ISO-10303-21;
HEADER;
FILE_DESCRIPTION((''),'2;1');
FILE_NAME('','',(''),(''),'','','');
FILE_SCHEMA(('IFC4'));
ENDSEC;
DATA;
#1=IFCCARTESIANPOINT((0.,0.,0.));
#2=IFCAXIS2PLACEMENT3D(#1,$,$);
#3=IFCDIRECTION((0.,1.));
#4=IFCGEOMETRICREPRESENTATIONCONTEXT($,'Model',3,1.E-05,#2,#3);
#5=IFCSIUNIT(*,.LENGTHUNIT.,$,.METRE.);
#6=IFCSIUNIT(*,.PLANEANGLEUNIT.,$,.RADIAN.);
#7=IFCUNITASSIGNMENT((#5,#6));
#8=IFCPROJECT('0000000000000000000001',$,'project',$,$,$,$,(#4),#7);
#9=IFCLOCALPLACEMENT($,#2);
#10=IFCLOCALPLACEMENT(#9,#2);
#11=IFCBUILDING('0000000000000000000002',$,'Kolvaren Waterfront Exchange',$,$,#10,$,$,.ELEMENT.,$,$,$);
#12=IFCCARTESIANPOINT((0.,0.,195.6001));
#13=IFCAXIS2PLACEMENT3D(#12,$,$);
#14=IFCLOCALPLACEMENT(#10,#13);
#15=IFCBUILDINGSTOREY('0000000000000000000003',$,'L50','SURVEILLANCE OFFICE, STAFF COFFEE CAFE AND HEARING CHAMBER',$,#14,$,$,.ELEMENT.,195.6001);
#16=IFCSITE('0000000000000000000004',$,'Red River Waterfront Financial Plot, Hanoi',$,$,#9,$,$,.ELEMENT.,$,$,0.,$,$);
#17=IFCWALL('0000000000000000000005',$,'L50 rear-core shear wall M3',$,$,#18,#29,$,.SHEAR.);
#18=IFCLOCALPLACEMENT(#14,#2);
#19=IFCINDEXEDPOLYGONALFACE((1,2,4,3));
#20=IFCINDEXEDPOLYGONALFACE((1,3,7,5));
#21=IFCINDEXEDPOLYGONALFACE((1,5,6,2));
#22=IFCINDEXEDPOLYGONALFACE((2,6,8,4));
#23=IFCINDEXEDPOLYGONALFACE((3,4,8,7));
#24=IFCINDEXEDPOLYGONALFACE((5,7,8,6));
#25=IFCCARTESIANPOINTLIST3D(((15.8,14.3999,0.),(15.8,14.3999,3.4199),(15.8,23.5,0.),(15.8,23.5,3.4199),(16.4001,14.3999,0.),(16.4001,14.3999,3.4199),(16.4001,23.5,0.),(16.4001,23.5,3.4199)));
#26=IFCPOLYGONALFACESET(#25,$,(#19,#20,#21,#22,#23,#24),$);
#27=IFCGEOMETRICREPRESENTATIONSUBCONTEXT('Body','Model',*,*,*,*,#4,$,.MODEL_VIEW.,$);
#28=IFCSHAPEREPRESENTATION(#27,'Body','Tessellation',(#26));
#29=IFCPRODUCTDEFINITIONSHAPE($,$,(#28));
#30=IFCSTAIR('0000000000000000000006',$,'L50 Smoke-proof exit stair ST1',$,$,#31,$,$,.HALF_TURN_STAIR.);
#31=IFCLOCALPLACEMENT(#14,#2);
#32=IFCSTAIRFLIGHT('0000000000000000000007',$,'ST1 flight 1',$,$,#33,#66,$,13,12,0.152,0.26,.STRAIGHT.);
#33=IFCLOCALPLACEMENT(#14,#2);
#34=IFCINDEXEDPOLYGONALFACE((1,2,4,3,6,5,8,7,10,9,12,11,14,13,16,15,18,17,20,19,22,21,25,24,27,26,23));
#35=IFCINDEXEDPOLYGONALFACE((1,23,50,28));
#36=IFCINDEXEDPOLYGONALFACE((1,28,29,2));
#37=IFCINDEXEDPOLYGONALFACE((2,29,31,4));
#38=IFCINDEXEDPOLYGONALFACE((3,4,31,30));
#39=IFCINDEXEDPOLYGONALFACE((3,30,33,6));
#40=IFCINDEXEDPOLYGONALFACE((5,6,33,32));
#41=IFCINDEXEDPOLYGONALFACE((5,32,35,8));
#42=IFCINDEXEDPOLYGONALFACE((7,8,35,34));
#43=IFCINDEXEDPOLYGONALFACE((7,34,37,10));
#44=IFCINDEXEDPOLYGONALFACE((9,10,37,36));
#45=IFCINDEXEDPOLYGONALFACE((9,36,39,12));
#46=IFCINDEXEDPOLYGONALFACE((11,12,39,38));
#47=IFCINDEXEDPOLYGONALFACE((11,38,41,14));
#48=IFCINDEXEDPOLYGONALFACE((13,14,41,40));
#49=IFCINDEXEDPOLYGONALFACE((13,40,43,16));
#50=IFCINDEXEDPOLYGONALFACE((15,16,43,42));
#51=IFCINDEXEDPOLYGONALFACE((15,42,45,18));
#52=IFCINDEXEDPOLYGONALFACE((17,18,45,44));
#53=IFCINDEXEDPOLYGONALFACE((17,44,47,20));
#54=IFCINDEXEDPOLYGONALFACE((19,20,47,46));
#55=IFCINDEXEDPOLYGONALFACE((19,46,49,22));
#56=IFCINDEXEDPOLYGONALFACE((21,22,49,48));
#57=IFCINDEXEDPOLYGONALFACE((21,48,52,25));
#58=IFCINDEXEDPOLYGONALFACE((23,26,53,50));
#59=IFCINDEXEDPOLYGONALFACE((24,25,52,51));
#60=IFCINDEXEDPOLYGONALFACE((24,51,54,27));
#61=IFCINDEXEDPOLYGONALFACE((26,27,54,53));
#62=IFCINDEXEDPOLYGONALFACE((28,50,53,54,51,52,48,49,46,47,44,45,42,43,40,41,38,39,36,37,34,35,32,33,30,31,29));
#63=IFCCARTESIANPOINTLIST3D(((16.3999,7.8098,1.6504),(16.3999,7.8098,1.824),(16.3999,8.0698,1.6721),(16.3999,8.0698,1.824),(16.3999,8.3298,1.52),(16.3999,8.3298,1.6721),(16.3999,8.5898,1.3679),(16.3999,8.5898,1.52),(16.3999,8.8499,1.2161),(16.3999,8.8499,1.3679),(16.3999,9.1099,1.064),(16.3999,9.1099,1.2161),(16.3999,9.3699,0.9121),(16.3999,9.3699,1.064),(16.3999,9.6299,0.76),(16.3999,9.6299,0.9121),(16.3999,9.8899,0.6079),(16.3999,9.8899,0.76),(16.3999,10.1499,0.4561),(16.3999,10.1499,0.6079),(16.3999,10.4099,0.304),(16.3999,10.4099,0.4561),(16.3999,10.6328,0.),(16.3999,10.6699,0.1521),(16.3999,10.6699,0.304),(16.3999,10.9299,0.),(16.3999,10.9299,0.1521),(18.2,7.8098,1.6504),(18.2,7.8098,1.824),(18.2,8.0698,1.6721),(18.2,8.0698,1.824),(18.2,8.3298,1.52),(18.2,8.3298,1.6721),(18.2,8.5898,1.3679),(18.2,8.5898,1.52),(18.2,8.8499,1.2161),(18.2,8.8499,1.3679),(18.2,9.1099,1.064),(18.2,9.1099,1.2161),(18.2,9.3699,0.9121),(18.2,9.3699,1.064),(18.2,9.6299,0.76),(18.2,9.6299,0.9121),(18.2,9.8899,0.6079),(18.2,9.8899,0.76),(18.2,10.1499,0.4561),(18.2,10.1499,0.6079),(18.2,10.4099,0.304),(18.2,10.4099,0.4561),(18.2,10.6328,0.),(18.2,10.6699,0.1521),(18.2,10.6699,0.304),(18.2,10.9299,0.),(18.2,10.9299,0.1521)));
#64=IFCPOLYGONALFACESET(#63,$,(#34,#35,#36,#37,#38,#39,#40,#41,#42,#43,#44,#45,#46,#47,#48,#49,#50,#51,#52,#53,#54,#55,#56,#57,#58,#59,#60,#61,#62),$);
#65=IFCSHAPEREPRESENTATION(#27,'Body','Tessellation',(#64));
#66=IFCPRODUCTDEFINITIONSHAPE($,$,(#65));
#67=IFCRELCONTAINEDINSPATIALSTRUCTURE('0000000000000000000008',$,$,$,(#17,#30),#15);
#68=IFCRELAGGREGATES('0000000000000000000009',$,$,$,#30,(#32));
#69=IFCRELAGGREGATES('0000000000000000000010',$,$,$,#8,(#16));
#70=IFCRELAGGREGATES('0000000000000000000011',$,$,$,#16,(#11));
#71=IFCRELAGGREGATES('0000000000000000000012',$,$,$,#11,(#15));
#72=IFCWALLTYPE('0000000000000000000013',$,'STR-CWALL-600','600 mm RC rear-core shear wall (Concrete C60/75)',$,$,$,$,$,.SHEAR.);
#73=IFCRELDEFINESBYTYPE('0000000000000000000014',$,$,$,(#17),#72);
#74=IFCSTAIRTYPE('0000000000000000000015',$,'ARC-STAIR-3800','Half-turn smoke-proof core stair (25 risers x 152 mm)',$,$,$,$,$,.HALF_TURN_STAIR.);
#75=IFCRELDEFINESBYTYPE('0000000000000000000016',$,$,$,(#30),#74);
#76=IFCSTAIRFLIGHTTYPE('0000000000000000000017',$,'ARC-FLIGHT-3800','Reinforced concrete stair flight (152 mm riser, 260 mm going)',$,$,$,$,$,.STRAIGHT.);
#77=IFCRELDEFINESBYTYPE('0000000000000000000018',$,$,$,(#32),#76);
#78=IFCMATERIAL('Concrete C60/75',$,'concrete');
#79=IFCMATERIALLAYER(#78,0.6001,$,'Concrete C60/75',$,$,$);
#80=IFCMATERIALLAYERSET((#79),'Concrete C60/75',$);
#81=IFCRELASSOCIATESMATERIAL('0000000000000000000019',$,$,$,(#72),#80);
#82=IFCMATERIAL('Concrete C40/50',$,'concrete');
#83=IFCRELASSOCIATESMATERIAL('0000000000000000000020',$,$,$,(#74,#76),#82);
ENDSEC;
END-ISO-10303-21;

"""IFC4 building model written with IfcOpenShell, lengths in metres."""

from ifc_helpers import new_model, si_unit, direction, frame, frame_2d, origin, place, context, subcontext, project, spatial, polyline, rectangle, outline, extrude, material, layer, layer_set, type_object, element, aggregate, save


model = new_model("IFC4")

# Units and contexts
model_context = context("Model", 3, precision=1e-05, world=origin(), true_north=direction((0.0, 1.0)))
body_context = subcontext(model_context, "Body", "Model", "MODEL_VIEW")
ifc_project = project(units=[si_unit("LENGTHUNIT", "METRE"), si_unit("PLANEANGLEUNIT", "RADIAN")], contexts=[model_context])

# Site, building, storey
site_placement = place(None, origin())
site = spatial("IfcSite", under=ifc_project, at=site_placement, Name="Red River Waterfront Financial Plot, Hanoi", CompositionType="ELEMENT", RefElevation=0.0)
building_placement = place(site_placement, origin())
building = spatial("IfcBuilding", under=site, at=building_placement, Name="Kolvaren Waterfront Exchange", CompositionType="ELEMENT")
storey_placement = place(building_placement, frame((0.0, 0.0, 195.6001)))
storey = spatial("IfcBuildingStorey", under=building, at=storey_placement, Name="L50", Description="SURVEILLANCE OFFICE, STAFF COFFEE CAFE AND HEARING CHAMBER", CompositionType="ELEMENT", Elevation=195.6001)

# Shared definitions
ifc_material_1 = material(Name="Concrete C60/75", Category="concrete")

# Wall
ifc_material_2 = material(Name="Concrete C40/50", Category="concrete")
ifc_layer_1 = layer(ifc_material_1, 0.6001, Name="Concrete C60/75")
ifc_layer_set_1 = layer_set([ifc_layer_1], Name="Concrete C60/75")
wall_type_1 = type_object("IfcWallType", Name="STR-CWALL-600", Description="600 mm RC rear-core shear wall (Concrete C60/75)", PredefinedType="SHEAR", material=ifc_layer_set_1)
wall_1_placement = place(storey_placement, frame((16.1001, 14.3999, 0.0), z_axis=(0.0, 0.0, 1.0), x_axis=(0.0, 1.0, 0.0)))
element("IfcWall", 1, at=wall_1_placement, inside=storey, type_object=wall_type_1, Name="L50 rear-core shear wall M3", PredefinedType="SHEAR", context=body_context, shape_type="SweptSolid", body=[
    extrude(rectangle(XDim=9.1001, YDim=0.6001, at=frame_2d((4.55, 0.0))), origin(), (0.0, 0.0, 1.0), 3.4199),
])

# Stair, stair flight
stair_type = type_object("IfcStairType", Name="ARC-STAIR-3800", Description="Half-turn smoke-proof core stair (25 risers x 152 mm)", PredefinedType="HALF_TURN_STAIR", material=ifc_material_2)
stair_placement = place(storey_placement, origin())
stair = element("IfcStair", 2, at=stair_placement, inside=storey, type_object=stair_type, Name="L50 Smoke-proof exit stair ST1", PredefinedType="HALF_TURN_STAIR")
stair_flight_type = type_object("IfcStairFlightType", Name="ARC-FLIGHT-3800", Description="Reinforced concrete stair flight (152 mm riser, 260 mm going)", PredefinedType="STRAIGHT", material=ifc_material_2)
stair_flight_placement = place(storey_placement, frame((17.3, 10.9299, 0.0), z_axis=(0.0, 0.0, 1.0), x_axis=(0.0, -1.0, 0.0)))
stair_flight = element("IfcStairFlight", 3, at=stair_flight_placement, type_object=stair_flight_type, Name="ST1 flight 1", NumberOfRisers=13, NumberOfTreads=12, PredefinedType="STRAIGHT", RiserHeight=0.152, TreadLength=0.26, context=body_context, shape_type="SweptSolid", body=[
    extrude(outline(polyline([(0.0, 0.0), (0.0, 0.1521), (0.26, 0.1521), (0.26, 0.304), (0.52, 0.304), (0.52, 0.4561), (0.78, 0.4561), (0.78, 0.6079), (1.04, 0.6079), (1.04, 0.76), (1.3, 0.76), (1.3, 0.9121), (1.5601, 0.9121), (1.5601, 1.064), (1.8201, 1.064), (1.8201, 1.2161), (2.0801, 1.2161), (2.0801, 1.3679), (2.3401, 1.3679), (2.3401, 1.52), (2.6001, 1.52), (2.6001, 1.6721), (2.8601, 1.6721), (2.8601, 1.824), (3.1201, 1.824), (3.1201, 1.9761), (3.1201, 1.6504), (0.2971, 0.0), (0.0, 0.0)])), frame((0.0, 0.8999, 0.0), z_axis=(0.0, -1.0, 0.0), x_axis=(1.0, 0.0, 0.0)), (0.0, 0.0, 1.0), 1.8),
])
aggregate(stair, [stair_flight])

save(model, "model.ifc")
